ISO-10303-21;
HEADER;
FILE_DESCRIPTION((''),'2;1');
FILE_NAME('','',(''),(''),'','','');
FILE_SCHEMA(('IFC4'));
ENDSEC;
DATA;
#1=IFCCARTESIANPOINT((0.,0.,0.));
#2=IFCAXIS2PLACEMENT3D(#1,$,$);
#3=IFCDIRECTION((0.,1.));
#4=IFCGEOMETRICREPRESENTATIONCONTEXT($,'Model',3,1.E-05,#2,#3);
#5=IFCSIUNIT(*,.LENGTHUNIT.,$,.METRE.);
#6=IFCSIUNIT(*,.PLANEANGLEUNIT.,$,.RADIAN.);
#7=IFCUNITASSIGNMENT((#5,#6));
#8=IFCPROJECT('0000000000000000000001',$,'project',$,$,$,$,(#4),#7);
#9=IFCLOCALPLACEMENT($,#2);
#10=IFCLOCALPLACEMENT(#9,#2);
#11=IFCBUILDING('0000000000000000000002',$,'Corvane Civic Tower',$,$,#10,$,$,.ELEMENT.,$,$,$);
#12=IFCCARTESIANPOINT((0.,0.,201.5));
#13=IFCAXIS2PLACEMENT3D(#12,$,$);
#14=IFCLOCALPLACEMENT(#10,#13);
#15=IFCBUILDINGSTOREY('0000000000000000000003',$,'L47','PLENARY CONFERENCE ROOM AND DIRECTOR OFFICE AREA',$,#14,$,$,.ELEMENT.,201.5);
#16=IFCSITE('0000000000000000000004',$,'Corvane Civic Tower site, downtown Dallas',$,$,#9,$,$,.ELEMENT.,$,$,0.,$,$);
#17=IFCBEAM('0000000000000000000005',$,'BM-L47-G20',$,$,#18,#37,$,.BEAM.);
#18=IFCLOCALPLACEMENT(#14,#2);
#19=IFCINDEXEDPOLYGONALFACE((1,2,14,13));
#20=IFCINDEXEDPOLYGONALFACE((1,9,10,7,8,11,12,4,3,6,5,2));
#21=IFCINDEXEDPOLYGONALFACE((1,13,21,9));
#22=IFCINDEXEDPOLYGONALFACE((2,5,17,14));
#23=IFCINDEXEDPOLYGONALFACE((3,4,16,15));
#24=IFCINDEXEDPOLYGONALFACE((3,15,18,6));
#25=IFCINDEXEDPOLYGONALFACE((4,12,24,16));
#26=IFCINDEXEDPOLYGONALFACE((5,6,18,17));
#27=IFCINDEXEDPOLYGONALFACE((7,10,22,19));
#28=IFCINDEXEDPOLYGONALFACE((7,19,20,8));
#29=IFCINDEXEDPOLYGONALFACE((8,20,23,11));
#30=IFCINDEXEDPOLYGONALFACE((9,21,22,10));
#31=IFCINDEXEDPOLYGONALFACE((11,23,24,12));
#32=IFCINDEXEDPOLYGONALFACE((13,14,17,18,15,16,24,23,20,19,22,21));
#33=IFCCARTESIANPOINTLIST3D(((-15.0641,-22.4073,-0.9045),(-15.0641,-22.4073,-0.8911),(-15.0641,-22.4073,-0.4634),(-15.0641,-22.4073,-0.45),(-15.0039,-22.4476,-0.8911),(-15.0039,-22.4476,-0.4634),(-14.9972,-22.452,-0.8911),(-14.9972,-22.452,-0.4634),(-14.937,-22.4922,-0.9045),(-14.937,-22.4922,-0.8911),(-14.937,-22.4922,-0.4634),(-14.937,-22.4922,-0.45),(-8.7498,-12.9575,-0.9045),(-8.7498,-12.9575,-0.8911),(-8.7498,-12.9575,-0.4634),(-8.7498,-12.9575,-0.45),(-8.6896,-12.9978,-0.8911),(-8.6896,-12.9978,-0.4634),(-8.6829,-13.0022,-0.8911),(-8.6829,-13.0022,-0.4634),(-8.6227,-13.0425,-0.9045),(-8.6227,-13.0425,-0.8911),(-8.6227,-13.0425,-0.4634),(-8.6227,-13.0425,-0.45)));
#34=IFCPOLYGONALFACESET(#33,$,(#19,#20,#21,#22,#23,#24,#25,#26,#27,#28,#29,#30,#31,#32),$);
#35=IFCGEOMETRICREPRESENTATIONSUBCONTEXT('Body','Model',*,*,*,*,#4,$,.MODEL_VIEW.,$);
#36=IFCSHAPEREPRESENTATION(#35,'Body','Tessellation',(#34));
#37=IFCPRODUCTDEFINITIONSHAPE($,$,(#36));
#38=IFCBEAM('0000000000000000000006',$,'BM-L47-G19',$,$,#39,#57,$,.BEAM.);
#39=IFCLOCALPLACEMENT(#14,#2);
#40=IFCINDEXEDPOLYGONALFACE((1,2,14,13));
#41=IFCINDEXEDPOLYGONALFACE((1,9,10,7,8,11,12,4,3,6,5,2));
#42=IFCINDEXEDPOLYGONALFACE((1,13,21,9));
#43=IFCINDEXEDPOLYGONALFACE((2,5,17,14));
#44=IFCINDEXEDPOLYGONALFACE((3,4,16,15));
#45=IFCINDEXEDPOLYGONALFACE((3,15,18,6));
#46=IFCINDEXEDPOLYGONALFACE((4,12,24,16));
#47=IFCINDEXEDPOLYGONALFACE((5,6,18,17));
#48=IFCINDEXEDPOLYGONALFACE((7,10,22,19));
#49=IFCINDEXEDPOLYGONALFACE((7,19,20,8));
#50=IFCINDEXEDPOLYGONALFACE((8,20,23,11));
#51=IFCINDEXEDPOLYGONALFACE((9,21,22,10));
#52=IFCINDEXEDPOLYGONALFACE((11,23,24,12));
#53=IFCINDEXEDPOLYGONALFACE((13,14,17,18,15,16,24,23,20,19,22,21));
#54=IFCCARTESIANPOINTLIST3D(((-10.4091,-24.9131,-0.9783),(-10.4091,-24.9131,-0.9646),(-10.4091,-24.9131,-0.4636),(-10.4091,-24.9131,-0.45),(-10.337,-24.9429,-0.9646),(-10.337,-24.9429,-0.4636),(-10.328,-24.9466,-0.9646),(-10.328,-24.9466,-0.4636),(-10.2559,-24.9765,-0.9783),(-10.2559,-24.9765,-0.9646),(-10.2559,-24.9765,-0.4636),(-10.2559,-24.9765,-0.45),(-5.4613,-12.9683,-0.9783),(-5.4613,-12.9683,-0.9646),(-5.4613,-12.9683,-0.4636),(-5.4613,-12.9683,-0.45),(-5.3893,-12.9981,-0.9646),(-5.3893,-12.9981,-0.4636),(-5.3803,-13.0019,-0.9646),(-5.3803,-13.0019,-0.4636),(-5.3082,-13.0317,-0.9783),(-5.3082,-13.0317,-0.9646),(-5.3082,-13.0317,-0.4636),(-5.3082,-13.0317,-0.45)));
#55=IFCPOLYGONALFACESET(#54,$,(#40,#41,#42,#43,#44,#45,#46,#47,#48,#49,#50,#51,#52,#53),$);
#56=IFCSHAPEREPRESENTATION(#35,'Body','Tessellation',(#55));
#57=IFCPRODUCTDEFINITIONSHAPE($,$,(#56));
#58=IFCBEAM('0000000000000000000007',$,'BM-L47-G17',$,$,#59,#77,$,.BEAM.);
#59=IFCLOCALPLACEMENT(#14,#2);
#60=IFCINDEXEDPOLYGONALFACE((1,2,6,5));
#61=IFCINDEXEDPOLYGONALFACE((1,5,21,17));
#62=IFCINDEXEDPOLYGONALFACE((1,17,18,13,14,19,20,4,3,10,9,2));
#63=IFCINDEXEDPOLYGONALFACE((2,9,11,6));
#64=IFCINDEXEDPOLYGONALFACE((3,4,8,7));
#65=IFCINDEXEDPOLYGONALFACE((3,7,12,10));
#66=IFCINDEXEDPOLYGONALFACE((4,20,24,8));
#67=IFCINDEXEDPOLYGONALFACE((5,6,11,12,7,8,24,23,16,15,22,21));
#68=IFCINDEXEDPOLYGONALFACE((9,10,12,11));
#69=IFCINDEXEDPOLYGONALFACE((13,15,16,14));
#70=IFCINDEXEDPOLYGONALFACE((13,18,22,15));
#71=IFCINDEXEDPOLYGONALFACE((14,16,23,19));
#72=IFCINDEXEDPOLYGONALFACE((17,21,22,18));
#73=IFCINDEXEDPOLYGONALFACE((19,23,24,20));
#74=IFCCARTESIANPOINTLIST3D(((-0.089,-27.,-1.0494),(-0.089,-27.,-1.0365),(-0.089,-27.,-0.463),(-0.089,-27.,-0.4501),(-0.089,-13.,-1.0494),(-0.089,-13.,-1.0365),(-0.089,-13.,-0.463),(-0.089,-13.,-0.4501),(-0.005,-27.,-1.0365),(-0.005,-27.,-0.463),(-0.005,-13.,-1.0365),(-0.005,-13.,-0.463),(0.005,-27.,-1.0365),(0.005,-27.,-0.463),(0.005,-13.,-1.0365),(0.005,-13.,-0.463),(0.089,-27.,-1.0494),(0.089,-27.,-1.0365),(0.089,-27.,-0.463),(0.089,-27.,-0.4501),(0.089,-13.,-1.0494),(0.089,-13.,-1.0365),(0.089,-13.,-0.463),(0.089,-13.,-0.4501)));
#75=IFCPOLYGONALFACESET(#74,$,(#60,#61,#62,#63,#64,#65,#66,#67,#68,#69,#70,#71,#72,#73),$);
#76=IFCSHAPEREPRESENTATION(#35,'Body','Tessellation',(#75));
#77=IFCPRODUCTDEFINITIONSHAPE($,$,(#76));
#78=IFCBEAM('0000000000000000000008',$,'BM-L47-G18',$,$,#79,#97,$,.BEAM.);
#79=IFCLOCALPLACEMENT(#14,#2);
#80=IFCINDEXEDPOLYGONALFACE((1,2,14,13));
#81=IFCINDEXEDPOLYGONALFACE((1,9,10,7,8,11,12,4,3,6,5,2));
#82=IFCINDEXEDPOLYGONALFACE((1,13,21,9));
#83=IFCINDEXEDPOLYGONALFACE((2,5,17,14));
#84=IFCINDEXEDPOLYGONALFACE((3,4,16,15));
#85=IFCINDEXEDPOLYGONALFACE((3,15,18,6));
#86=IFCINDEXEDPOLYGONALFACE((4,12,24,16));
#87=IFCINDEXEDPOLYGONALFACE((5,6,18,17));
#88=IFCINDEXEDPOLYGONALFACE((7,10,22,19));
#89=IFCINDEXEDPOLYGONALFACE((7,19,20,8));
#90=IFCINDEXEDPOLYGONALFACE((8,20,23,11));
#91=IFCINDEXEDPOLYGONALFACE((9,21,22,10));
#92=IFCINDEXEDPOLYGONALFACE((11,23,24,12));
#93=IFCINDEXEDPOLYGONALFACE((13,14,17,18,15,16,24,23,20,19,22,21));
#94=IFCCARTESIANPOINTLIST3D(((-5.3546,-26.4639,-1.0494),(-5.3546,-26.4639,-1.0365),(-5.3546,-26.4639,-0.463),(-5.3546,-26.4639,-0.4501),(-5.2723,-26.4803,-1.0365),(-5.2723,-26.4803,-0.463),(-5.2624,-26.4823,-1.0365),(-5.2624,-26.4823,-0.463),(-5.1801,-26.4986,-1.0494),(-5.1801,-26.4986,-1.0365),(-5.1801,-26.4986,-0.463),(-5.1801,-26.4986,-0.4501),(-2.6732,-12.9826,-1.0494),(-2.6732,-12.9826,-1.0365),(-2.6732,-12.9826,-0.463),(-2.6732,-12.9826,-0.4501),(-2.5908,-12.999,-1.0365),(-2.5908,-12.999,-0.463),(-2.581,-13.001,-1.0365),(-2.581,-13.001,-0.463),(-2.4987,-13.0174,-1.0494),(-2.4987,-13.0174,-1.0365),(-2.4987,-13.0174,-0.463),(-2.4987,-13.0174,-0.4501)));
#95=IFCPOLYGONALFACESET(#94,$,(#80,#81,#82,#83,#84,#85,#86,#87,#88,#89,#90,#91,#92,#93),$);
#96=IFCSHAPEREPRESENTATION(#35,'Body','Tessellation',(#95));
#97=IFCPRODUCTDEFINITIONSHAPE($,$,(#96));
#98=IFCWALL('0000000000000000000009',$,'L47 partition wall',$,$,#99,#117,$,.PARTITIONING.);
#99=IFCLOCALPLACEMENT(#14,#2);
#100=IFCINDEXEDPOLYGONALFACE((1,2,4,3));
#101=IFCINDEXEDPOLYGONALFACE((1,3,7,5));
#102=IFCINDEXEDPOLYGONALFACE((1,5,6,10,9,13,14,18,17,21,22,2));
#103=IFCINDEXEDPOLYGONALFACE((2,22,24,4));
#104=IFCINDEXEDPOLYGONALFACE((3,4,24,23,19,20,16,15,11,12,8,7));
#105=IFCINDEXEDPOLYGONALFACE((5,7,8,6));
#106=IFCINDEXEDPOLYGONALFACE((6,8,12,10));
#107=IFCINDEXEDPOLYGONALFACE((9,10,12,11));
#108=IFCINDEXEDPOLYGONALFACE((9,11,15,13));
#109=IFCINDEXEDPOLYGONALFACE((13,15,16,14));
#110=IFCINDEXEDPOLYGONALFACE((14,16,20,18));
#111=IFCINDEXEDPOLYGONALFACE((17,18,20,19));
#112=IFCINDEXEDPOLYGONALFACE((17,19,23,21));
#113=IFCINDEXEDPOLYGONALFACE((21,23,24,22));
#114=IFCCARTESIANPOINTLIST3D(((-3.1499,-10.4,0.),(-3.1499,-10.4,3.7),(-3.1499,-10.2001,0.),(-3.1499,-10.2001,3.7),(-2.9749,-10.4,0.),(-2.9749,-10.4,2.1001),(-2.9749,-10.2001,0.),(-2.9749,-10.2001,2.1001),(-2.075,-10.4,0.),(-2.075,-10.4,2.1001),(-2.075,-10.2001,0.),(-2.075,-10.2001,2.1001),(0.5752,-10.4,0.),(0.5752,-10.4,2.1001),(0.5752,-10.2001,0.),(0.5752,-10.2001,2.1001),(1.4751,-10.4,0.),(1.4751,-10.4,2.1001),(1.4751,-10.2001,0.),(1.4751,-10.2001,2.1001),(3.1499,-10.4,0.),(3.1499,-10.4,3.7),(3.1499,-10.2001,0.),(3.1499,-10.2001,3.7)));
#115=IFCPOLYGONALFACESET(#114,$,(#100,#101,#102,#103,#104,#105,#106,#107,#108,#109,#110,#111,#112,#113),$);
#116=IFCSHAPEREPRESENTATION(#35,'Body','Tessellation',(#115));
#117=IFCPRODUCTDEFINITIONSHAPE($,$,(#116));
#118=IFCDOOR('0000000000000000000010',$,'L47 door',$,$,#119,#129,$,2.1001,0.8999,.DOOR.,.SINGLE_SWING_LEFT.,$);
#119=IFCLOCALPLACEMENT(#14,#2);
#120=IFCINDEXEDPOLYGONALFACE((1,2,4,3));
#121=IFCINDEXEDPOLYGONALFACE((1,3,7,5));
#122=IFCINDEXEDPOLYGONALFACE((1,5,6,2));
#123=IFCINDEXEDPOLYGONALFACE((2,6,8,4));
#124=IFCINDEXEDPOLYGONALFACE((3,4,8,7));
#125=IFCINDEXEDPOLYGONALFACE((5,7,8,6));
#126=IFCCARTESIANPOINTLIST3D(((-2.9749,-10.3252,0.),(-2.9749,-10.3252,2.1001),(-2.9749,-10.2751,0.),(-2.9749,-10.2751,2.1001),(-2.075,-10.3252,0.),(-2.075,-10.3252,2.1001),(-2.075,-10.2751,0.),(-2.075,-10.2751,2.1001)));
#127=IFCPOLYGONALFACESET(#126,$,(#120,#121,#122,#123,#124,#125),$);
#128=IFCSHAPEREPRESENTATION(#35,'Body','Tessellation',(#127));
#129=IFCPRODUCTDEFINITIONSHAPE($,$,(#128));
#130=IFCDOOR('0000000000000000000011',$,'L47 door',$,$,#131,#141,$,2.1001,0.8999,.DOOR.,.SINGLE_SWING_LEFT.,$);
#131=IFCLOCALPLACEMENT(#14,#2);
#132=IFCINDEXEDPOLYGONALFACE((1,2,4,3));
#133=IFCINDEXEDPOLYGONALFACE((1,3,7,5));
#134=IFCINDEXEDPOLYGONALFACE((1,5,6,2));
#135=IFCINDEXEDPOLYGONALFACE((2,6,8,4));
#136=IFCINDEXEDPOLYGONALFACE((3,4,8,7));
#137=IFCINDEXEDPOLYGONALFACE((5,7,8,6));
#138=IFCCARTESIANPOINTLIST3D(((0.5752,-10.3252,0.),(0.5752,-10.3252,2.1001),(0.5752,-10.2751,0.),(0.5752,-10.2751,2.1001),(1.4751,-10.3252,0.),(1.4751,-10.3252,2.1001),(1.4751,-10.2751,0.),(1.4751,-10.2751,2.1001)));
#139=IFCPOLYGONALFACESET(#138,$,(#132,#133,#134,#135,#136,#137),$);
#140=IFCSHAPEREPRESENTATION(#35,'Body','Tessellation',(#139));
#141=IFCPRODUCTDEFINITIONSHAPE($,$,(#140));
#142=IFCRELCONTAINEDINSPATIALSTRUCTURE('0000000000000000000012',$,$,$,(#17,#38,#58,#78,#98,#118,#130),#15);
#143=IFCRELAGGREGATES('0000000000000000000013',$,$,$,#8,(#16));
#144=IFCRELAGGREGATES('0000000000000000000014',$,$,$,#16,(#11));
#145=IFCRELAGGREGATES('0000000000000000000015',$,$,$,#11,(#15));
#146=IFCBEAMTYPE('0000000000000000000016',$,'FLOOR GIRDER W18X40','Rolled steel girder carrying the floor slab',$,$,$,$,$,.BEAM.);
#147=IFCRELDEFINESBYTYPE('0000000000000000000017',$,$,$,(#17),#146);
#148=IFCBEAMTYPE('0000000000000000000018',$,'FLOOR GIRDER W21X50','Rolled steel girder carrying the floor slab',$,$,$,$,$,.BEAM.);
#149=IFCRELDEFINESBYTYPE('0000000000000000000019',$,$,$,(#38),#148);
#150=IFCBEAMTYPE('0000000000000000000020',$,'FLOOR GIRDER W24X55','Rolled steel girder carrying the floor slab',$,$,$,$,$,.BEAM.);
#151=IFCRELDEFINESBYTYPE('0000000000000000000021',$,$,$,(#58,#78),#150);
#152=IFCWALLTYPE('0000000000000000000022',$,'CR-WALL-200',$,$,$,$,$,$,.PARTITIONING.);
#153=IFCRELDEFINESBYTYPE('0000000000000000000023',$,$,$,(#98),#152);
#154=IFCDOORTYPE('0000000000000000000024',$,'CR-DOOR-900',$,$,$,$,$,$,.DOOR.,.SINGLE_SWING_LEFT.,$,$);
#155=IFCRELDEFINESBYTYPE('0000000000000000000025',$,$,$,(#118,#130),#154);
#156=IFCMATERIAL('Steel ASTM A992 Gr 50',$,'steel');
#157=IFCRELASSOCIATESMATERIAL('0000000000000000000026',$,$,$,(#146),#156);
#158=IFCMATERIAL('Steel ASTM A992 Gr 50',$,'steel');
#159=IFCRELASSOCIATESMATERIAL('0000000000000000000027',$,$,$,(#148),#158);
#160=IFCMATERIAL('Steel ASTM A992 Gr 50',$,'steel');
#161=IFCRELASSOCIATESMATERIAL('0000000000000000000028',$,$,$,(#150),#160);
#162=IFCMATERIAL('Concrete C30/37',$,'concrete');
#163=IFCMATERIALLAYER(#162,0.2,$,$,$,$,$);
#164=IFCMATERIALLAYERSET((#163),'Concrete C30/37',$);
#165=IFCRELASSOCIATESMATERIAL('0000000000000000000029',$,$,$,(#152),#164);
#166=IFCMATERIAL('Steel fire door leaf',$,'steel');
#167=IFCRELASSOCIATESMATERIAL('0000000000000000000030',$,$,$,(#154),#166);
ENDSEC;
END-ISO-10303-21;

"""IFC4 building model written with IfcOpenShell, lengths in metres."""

from ifc_helpers import new_model, si_unit, direction, frame, frame_2d, origin, origin_2d, place, context, subcontext, project, spatial, rectangle, i_section, extrude, material, layer, layer_set, material_profile, profile_set, type_object, element, fill, save


model = new_model("IFC4")

# Units and contexts
model_context = context("Model", 3, precision=1e-05, world=origin(), true_north=direction((0.0, 1.0)))
body_context = subcontext(model_context, "Body", "Model", "MODEL_VIEW")
ifc_project = project(units=[si_unit("LENGTHUNIT", "METRE"), si_unit("PLANEANGLEUNIT", "RADIAN")], contexts=[model_context])

# Site, building, storey
site_placement = place(None, origin())
site = spatial("IfcSite", under=ifc_project, at=site_placement, Name="Corvane Civic Tower site, downtown Dallas", CompositionType="ELEMENT", RefElevation=0.0)
building_placement = place(site_placement, origin())
building = spatial("IfcBuilding", under=site, at=building_placement, Name="Corvane Civic Tower", CompositionType="ELEMENT")
storey_placement = place(building_placement, frame((0.0, 0.0, 201.5)))
storey = spatial("IfcBuildingStorey", under=building, at=storey_placement, Name="L47", Description="PLENARY CONFERENCE ROOM AND DIRECTOR OFFICE AREA", CompositionType="ELEMENT", Elevation=201.5)

# Beams
ifc_material_1 = material(Name="Steel ASTM A992 Gr 50", Category="steel")
ifc_material_profile_1 = material_profile(ifc_material_1, i_section(OverallWidth=0.1528, OverallDepth=0.4546, WebThickness=0.0081, FlangeThickness=0.0134, at=origin_2d()), Name="W18X40")
ifc_profile_set_1 = profile_set([ifc_material_profile_1], Name="Steel ASTM A992 Gr 50")
beam_type_1 = type_object("IfcBeamType", Name="FLOOR GIRDER W18X40", Description="Rolled steel girder carrying the floor slab", PredefinedType="BEAM", material=ifc_profile_set_1)
beam_1_placement = place(storey_placement, frame((-8.6863, -13.0, -0.6772), z_axis=(-0.555577, -0.831465, 0.0), x_axis=(0.831465, -0.555577, 0.0)))
element("IfcBeam", 1, at=beam_1_placement, inside=storey, type_object=beam_type_1, Name="BM-L47-G20", PredefinedType="BEAM", context=body_context, shape_type="SweptSolid", body=[
    extrude(i_section(OverallWidth=0.1528, OverallDepth=0.4546, WebThickness=0.0081, FlangeThickness=0.0134, at=origin_2d()), origin(), (0.0, 0.0, 1.0), 11.3652),
])
ifc_material_2 = material(Name="Steel ASTM A992 Gr 50", Category="steel")
ifc_material_profile_2 = material_profile(ifc_material_2, i_section(OverallWidth=0.1658, OverallDepth=0.5283, WebThickness=0.0098, FlangeThickness=0.0137, at=origin_2d()), Name="W21X50")
ifc_profile_set_2 = profile_set([ifc_material_profile_2], Name="Steel ASTM A992 Gr 50")
beam_type_2 = type_object("IfcBeamType", Name="FLOOR GIRDER W21X50", Description="Rolled steel girder carrying the floor slab", PredefinedType="BEAM", material=ifc_profile_set_2)
beam_2_placement = place(storey_placement, frame((-5.3848, -13.0, -0.7141), z_axis=(-0.382686, -0.923878, 0.0), x_axis=(0.923878, -0.382686, 0.0)))
element("IfcBeam", 2, at=beam_2_placement, inside=storey, type_object=beam_type_2, Name="BM-L47-G19", PredefinedType="BEAM", context=body_context, shape_type="SweptSolid", body=[
    extrude(i_section(OverallWidth=0.1658, OverallDepth=0.5283, WebThickness=0.0098, FlangeThickness=0.0137, at=origin_2d()), origin(), (0.0, 0.0, 1.0), 12.929),
])
ifc_material_3 = material(Name="Steel ASTM A992 Gr 50", Category="steel")
ifc_material_profile_3 = material_profile(ifc_material_3, i_section(OverallWidth=0.178, OverallDepth=0.5994, WebThickness=0.01, FlangeThickness=0.0129, at=origin_2d()), Name="W24X55")
ifc_profile_set_3 = profile_set([ifc_material_profile_3], Name="Steel ASTM A992 Gr 50")
beam_type_3 = type_object("IfcBeamType", Name="FLOOR GIRDER W24X55", Description="Rolled steel girder carrying the floor slab", PredefinedType="BEAM", material=ifc_profile_set_3)
beam_3_placement = place(storey_placement, frame((0.0, -13.0, -0.7498), z_axis=(0.0, -1.0, 0.0), x_axis=(1.0, 0.0, 0.0)))
element("IfcBeam", 3, at=beam_3_placement, inside=storey, type_object=beam_type_3, Name="BM-L47-G17", PredefinedType="BEAM", context=body_context, shape_type="SweptSolid", body=[
    extrude(i_section(OverallWidth=0.178, OverallDepth=0.5994, WebThickness=0.01, FlangeThickness=0.0129, at=origin_2d()), origin(), (0.0, 0.0, 1.0), 14.0),
])
beam_4_placement = place(storey_placement, frame((-2.5859, -13.0, -0.7498), z_axis=(-0.195078, -0.980788, 0.0), x_axis=(0.980788, -0.195078, 0.0)))
element("IfcBeam", 4, at=beam_4_placement, inside=storey, type_object=beam_type_3, Name="BM-L47-G18", PredefinedType="BEAM", context=body_context, shape_type="SweptSolid", body=[
    extrude(i_section(OverallWidth=0.178, OverallDepth=0.5994, WebThickness=0.01, FlangeThickness=0.0129, at=origin_2d()), origin(), (0.0, 0.0, 1.0), 13.7454),
])

# Wall, openings, doors
ifc_material_4 = material(Name="Concrete C30/37", Category="concrete")
ifc_layer = layer(ifc_material_4, 0.2)
ifc_layer_set = layer_set([ifc_layer], Name="Concrete C30/37")
wall_type = type_object("IfcWallType", Name="CR-WALL-200", PredefinedType="PARTITIONING", material=ifc_layer_set)
wall_1_placement = place(storey_placement, frame((-3.1499, -10.3, 0.0), z_axis=(0.0, 0.0, 1.0), x_axis=(1.0, 0.0, 0.0)))
wall_1 = element("IfcWall", 5, at=wall_1_placement, inside=storey, type_object=wall_type, Name="L47 partition wall", PredefinedType="PARTITIONING", context=body_context, shape_type="SweptSolid", body=[
    extrude(rectangle(XDim=6.2998, YDim=0.2, at=frame_2d((3.1499, 0.0))), origin(), (0.0, 0.0, 1.0), 3.7),
])
opening_1_placement = place(wall_1_placement, frame((0.175, 0.0, 0.0)))
opening_1 = element("IfcOpeningElement", 6, at=opening_1_placement, cuts=wall_1, PredefinedType="OPENING", context=body_context, shape_type="SweptSolid", body=[
    extrude(rectangle(XDim=0.8999, YDim=2.1001, at=frame_2d((0.45, 1.05))), frame((0.0, 0.1099, 0.0), z_axis=(0.0, -1.0, 0.0), x_axis=(1.0, 0.0, 0.0)), (0.0, 0.0, 1.0), 0.22),
])
opening_2_placement = place(wall_1_placement, frame((3.7251, 0.0, 0.0)))
opening_2 = element("IfcOpeningElement", 7, at=opening_2_placement, cuts=wall_1, PredefinedType="OPENING", context=body_context, shape_type="SweptSolid", body=[
    extrude(rectangle(XDim=0.8999, YDim=2.1001, at=frame_2d((0.45, 1.05))), frame((0.0, 0.1099, 0.0), z_axis=(0.0, -1.0, 0.0), x_axis=(1.0, 0.0, 0.0)), (0.0, 0.0, 1.0), 0.22),
])
ifc_material_5 = material(Name="Steel fire door leaf", Category="steel")
door_type_1 = type_object("IfcDoorType", Name="CR-DOOR-900", OperationType="SINGLE_SWING_LEFT", PredefinedType="DOOR", material=ifc_material_5)
door_1_placement = place(opening_1_placement, origin())
door_1 = element("IfcDoor", 8, at=door_1_placement, inside=storey, type_object=door_type_1, Name="L47 door", OperationType="SINGLE_SWING_LEFT", OverallHeight=2.1001, OverallWidth=0.8999, PredefinedType="DOOR", context=body_context, shape_type="SweptSolid", body=[
    extrude(rectangle(XDim=0.8999, YDim=2.1001, at=frame_2d((0.45, 1.05))), frame((0.0, 0.0249, 0.0), z_axis=(0.0, -1.0, 0.0), x_axis=(1.0, 0.0, 0.0)), (0.0, 0.0, 1.0), 0.05),
])
fill(opening_1, door_1)
door_2_placement = place(opening_2_placement, origin())
door_2 = element("IfcDoor", 9, at=door_2_placement, inside=storey, type_object=door_type_1, Name="L47 door", OperationType="SINGLE_SWING_LEFT", OverallHeight=2.1001, OverallWidth=0.8999, PredefinedType="DOOR", context=body_context, shape_type="SweptSolid", body=[
    extrude(rectangle(XDim=0.8999, YDim=2.1001, at=frame_2d((0.45, 1.05))), frame((0.0, 0.0249, 0.0), z_axis=(0.0, -1.0, 0.0), x_axis=(1.0, 0.0, 0.0)), (0.0, 0.0, 1.0), 0.05),
])
fill(opening_2, door_2)

save(model, "model.ifc")
